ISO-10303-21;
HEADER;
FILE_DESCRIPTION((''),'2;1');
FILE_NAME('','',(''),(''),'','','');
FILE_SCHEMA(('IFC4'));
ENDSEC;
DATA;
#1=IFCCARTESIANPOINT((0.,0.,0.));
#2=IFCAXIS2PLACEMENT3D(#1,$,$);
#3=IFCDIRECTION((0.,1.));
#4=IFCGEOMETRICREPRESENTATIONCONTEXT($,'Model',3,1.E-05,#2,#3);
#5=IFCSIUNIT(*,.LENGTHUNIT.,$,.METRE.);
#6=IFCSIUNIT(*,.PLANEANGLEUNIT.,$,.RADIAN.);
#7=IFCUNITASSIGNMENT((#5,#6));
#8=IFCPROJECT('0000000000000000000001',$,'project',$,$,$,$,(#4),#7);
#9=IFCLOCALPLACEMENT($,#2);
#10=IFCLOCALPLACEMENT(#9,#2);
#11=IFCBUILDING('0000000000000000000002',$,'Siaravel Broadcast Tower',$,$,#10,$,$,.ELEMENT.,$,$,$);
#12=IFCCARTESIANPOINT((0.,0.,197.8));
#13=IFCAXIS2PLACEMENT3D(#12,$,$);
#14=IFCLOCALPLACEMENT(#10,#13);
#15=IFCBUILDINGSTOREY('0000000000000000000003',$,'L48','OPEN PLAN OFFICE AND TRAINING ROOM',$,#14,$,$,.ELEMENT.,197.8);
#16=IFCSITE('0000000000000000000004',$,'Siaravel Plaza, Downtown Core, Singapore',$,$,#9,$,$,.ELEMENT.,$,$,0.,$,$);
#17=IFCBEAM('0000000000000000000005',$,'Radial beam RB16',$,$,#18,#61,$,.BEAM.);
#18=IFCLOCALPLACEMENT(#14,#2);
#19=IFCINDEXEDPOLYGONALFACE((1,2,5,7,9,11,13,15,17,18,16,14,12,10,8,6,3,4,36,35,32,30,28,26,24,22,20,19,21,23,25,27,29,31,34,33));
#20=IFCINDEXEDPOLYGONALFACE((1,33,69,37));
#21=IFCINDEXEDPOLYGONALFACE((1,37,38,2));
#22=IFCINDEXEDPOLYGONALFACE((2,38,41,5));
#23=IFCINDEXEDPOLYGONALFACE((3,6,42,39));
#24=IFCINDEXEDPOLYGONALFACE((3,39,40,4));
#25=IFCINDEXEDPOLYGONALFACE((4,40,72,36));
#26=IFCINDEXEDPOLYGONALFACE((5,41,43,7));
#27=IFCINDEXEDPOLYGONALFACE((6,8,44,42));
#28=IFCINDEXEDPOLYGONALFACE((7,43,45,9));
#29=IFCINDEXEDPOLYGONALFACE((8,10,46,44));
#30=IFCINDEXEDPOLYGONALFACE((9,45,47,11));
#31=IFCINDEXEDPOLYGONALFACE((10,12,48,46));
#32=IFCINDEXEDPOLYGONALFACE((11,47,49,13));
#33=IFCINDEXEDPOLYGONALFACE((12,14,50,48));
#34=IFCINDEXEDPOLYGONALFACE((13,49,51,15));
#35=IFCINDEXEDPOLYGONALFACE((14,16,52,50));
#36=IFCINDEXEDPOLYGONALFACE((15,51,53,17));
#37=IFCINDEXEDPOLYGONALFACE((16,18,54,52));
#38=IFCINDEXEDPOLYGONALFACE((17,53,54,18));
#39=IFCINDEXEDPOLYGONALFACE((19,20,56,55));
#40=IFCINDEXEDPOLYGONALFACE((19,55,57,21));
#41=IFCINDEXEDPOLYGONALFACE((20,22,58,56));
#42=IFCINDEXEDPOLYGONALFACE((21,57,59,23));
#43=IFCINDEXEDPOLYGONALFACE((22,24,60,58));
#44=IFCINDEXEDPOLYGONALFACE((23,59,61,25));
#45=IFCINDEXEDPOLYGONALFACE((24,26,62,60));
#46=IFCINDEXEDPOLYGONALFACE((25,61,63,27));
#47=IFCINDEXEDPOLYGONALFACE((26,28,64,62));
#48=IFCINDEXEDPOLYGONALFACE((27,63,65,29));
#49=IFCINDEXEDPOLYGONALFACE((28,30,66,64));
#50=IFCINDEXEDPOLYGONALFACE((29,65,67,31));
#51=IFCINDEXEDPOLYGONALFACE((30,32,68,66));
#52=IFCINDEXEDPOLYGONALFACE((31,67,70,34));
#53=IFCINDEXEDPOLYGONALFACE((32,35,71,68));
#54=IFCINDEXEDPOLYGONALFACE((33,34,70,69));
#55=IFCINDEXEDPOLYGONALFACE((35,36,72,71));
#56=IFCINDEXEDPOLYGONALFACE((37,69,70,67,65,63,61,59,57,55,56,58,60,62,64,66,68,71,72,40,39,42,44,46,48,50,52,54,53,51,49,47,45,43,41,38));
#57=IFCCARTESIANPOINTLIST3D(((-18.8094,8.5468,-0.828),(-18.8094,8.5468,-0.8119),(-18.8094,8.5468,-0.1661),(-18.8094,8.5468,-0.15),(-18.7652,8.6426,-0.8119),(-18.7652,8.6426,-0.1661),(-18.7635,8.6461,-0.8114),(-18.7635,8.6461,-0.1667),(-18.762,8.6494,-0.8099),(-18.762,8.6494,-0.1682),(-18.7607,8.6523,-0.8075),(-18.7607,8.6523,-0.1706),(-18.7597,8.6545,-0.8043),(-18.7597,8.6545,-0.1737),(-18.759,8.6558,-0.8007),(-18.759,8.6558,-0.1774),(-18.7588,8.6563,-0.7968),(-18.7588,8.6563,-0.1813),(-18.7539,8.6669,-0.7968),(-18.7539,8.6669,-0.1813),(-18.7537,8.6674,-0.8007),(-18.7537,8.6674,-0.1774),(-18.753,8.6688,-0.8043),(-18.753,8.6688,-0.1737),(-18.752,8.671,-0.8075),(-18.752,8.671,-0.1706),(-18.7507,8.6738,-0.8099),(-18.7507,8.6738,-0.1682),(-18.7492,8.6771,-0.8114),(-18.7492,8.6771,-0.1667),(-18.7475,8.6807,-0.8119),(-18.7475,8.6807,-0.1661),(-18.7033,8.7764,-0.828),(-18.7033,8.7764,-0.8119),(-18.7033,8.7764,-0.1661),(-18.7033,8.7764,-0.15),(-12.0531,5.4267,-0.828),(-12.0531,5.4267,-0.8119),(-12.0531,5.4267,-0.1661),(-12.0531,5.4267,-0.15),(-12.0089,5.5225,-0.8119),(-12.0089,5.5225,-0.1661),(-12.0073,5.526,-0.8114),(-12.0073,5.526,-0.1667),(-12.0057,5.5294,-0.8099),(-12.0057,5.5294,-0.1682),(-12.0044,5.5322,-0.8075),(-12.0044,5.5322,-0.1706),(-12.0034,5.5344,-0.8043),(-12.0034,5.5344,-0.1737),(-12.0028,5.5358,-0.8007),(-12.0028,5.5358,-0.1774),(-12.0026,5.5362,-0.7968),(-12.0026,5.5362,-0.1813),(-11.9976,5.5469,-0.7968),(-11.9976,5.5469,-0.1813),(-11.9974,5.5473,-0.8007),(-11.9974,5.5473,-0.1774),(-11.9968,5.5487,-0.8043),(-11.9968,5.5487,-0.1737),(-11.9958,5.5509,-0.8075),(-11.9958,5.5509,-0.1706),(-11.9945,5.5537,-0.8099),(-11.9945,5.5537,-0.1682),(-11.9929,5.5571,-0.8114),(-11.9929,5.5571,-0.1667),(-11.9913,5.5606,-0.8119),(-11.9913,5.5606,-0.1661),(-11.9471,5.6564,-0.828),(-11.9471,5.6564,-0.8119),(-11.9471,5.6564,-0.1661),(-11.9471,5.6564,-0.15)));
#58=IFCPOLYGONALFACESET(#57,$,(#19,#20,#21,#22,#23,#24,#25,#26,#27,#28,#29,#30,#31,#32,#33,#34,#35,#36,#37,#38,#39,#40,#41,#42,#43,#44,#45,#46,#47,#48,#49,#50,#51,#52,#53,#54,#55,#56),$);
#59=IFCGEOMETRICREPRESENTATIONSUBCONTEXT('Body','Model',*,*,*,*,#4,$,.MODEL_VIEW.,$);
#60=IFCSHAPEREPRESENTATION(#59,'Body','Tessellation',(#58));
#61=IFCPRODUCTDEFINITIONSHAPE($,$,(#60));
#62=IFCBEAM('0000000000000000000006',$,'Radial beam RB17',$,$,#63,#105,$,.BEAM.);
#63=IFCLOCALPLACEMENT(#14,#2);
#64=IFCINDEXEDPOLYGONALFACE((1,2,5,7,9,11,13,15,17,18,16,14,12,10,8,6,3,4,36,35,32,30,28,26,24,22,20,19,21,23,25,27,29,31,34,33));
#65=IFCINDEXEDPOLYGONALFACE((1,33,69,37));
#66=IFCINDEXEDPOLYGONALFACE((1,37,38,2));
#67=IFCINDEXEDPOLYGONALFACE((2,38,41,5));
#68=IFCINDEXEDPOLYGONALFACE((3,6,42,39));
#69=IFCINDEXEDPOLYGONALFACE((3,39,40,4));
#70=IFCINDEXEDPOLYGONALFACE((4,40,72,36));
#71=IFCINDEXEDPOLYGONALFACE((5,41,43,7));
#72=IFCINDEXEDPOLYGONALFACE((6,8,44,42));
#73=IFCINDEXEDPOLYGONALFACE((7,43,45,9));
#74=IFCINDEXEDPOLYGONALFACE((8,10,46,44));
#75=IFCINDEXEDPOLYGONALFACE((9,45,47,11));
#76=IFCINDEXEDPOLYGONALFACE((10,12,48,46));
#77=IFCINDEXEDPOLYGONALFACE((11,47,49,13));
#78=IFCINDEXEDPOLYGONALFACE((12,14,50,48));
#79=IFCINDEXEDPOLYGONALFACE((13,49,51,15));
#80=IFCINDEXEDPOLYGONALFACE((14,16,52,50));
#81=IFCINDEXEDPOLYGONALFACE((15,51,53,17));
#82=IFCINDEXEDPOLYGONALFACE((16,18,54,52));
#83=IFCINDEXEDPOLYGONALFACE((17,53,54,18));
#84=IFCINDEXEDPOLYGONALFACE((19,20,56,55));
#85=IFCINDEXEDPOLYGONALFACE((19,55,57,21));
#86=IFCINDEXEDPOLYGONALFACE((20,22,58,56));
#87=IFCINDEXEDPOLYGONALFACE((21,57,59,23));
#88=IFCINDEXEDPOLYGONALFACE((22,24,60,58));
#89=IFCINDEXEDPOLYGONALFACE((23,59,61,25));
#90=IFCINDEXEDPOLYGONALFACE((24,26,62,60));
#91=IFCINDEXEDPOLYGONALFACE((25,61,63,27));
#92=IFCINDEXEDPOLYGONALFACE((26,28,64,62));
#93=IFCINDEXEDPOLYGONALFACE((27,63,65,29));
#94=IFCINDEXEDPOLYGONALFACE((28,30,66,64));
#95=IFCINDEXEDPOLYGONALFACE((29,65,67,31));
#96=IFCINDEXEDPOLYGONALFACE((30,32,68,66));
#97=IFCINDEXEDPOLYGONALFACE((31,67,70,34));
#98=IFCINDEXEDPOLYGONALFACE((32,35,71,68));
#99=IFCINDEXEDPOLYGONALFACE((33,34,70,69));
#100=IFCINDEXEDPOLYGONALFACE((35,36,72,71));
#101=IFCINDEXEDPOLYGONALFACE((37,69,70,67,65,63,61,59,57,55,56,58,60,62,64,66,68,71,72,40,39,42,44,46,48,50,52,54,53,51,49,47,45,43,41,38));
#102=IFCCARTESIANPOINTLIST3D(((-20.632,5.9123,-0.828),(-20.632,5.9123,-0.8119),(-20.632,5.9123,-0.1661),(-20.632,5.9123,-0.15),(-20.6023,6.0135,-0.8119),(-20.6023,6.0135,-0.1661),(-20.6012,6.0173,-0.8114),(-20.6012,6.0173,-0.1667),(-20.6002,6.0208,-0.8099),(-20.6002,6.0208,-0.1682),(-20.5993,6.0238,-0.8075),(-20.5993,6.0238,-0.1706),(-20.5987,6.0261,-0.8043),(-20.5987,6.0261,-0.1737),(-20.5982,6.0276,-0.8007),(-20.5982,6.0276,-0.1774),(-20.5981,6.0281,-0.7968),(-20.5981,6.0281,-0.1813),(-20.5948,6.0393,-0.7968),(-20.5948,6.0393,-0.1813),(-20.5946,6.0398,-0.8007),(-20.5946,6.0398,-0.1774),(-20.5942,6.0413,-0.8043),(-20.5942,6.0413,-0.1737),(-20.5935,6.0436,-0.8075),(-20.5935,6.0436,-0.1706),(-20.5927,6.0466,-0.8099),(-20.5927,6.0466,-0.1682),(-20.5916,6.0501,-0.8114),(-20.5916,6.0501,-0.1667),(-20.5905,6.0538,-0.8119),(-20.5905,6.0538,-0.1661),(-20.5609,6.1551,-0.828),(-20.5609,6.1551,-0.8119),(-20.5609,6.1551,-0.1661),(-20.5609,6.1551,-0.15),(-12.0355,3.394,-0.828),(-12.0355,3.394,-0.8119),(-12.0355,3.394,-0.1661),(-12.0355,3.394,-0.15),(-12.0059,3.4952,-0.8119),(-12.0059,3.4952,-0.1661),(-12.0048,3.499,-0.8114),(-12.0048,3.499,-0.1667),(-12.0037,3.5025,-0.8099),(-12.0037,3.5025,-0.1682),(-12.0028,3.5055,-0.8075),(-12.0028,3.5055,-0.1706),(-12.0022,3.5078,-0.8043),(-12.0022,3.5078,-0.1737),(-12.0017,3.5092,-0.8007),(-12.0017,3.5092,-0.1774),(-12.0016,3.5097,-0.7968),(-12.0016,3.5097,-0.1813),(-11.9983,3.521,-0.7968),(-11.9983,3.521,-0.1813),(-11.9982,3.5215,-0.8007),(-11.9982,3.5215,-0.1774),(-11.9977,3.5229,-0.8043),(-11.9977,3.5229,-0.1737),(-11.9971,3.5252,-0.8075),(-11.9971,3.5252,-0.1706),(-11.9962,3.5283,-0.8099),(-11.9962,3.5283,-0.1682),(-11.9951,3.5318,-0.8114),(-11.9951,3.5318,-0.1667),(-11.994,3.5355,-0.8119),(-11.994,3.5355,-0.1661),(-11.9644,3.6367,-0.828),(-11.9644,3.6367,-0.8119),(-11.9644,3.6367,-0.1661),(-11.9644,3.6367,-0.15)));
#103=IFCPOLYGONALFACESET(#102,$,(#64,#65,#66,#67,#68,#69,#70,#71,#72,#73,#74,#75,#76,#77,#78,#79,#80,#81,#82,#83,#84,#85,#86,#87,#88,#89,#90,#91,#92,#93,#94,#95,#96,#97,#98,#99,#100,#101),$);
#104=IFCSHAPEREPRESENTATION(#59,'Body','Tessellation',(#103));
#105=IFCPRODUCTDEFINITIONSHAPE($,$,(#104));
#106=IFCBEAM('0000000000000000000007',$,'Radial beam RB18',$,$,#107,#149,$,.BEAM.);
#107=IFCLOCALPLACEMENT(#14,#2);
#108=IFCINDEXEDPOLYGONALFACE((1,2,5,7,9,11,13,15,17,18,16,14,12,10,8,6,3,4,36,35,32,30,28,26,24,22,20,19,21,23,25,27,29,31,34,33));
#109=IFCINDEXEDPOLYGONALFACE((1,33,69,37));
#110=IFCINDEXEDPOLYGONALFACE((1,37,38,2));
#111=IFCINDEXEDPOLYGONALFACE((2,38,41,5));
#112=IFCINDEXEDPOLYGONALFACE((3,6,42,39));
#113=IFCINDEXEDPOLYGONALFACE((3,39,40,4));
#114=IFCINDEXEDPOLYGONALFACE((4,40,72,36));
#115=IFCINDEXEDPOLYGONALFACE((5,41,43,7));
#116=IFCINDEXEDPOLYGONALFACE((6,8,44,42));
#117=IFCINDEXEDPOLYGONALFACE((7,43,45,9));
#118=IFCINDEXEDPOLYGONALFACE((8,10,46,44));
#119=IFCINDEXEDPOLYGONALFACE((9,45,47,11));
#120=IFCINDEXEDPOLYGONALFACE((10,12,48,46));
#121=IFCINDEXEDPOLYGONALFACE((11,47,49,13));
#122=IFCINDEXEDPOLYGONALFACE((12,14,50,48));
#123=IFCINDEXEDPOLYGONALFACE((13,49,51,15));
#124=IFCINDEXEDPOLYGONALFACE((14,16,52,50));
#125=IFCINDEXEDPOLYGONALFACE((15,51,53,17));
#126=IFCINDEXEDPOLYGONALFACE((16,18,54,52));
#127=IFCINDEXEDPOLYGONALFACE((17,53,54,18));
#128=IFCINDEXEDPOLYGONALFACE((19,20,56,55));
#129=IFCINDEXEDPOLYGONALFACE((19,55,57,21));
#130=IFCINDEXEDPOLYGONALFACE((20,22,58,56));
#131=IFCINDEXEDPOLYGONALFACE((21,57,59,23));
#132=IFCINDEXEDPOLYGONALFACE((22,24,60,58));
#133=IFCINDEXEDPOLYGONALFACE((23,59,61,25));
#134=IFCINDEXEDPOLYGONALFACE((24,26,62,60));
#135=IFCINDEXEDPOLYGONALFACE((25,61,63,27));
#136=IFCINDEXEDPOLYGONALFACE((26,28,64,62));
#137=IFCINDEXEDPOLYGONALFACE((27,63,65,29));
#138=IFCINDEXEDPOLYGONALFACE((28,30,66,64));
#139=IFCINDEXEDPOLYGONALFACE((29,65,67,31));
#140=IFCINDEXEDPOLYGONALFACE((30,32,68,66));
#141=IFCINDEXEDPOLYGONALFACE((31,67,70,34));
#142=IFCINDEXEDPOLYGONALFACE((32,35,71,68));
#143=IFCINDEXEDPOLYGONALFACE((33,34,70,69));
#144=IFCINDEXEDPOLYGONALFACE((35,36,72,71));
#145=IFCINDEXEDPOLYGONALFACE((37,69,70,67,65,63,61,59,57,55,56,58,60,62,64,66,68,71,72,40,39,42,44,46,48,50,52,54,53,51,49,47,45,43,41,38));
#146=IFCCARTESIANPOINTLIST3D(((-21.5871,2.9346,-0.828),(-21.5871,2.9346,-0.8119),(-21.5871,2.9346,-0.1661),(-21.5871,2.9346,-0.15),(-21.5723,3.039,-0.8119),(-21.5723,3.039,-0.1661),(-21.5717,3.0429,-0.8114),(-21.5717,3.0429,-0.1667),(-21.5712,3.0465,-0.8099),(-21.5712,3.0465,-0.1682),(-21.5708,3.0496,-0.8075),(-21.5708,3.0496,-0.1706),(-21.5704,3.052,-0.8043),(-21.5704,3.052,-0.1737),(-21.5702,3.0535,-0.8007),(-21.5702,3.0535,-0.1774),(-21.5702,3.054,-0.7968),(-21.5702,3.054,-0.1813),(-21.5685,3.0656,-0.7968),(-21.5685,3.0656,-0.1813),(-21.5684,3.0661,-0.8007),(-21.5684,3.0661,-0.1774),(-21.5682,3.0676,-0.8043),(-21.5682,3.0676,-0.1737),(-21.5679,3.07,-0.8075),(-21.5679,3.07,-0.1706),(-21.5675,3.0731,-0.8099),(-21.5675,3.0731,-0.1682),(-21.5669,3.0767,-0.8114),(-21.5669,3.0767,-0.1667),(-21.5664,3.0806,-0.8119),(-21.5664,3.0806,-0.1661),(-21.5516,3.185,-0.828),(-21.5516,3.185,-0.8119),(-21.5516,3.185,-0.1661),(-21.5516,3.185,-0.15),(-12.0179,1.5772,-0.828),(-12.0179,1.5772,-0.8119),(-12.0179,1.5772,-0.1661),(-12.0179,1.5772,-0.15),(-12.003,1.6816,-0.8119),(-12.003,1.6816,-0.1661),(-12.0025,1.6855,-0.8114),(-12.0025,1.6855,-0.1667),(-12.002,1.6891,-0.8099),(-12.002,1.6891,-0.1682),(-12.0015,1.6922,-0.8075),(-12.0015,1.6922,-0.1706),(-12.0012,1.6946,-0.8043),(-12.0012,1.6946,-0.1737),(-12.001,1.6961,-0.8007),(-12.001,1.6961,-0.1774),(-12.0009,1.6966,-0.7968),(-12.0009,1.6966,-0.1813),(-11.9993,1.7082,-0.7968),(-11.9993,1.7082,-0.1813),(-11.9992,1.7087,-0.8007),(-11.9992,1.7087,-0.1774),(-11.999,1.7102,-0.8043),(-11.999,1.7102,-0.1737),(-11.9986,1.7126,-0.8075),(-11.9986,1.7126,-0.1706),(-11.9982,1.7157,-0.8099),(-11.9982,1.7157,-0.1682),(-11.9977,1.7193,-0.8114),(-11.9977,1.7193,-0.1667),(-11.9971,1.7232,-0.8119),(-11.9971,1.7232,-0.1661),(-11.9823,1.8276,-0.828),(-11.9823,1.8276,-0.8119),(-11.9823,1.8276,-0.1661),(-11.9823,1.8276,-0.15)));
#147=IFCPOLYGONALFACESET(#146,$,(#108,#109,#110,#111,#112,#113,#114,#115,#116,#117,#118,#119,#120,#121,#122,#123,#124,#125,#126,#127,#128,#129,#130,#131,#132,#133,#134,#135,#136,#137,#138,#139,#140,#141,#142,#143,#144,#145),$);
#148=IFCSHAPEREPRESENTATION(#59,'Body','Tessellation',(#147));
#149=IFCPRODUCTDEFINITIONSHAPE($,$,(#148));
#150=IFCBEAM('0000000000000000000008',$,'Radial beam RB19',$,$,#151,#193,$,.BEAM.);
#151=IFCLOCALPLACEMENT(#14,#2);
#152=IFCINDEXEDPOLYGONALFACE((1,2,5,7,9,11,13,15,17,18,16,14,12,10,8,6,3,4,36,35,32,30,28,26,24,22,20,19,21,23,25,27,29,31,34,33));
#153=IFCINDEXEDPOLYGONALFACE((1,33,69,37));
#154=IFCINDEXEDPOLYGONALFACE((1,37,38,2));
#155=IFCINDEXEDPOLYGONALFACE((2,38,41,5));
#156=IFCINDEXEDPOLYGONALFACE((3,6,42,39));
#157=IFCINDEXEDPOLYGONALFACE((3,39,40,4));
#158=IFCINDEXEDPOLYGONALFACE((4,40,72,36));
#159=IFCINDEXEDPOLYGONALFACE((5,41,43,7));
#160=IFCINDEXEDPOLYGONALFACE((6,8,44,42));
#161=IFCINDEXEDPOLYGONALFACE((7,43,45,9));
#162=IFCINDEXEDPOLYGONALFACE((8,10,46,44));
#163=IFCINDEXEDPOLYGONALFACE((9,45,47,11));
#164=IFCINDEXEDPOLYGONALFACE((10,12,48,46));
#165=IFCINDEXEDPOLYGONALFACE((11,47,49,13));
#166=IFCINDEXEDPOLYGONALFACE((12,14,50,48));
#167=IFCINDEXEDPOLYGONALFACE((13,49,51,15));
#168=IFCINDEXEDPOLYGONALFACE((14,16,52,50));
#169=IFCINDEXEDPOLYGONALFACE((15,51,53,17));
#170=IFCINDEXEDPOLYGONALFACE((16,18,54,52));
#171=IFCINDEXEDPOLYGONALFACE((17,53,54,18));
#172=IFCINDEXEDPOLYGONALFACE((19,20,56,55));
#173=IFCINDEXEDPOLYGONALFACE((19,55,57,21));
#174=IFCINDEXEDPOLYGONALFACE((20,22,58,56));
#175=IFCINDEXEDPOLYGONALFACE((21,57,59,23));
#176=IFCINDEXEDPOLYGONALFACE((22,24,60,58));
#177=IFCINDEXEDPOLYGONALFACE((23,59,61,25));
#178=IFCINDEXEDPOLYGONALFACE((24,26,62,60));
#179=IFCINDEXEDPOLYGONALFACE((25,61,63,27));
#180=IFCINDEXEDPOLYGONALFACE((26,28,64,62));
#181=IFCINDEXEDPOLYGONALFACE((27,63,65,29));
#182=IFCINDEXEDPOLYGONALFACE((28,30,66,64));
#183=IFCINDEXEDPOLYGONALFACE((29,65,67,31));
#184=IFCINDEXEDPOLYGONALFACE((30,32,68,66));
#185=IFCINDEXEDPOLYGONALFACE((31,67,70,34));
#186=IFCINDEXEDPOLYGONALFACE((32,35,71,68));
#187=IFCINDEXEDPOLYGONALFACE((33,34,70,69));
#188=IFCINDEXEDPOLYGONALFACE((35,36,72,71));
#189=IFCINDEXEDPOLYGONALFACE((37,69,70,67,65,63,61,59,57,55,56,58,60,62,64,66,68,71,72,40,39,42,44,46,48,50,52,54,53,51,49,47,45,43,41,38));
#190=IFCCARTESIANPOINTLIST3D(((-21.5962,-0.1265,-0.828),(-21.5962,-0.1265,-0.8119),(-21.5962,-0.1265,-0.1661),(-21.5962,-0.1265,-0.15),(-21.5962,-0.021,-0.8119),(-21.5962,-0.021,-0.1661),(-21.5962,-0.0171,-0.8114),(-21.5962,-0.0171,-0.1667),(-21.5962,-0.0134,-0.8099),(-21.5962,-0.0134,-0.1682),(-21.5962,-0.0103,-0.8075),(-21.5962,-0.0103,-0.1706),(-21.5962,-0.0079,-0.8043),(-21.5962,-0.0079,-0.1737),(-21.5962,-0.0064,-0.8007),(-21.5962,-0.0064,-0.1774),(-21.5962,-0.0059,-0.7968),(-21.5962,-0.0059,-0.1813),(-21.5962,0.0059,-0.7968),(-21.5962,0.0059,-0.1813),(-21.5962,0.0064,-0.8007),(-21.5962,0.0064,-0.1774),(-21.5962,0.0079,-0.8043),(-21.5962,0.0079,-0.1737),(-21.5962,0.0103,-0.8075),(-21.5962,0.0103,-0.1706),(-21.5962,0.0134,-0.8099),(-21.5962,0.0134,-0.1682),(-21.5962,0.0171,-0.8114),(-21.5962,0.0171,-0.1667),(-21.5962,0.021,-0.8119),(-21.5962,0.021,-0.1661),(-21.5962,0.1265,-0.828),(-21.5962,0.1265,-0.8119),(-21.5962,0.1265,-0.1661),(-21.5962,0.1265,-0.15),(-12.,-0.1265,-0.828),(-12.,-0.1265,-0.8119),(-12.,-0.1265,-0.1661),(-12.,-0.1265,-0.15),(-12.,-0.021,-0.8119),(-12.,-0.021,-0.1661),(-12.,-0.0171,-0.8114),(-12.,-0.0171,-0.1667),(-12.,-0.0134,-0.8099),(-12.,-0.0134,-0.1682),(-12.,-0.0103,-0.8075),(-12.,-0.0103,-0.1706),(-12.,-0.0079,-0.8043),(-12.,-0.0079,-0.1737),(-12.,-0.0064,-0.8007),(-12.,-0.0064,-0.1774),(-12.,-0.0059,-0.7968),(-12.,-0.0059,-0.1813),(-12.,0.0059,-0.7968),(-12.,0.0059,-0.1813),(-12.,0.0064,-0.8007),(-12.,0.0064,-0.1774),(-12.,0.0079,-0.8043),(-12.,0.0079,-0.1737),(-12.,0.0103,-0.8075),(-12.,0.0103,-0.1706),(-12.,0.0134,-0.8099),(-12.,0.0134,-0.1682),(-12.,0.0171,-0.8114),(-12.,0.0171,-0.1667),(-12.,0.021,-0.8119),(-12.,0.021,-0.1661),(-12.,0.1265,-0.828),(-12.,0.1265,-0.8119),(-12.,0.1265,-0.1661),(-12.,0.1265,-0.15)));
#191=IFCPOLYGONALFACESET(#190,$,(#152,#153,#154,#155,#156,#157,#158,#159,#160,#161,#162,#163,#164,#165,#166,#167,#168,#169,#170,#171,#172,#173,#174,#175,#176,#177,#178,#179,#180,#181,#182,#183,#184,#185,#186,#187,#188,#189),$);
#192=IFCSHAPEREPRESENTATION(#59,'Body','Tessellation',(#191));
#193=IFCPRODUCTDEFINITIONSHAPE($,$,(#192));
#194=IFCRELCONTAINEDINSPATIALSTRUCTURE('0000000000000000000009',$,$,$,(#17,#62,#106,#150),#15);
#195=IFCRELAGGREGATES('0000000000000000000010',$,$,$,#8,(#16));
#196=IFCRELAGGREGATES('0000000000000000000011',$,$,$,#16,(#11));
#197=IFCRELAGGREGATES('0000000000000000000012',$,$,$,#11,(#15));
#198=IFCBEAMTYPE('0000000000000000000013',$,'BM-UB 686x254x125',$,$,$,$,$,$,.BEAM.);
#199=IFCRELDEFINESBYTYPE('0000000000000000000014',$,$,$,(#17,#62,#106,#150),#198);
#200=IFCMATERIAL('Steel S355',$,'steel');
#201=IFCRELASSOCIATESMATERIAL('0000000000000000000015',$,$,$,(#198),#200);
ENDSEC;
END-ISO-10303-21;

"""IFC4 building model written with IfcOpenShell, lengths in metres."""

from ifc_helpers import new_model, si_unit, direction, frame, origin, origin_2d, place, context, subcontext, project, spatial, i_section, extrude, material, material_profile, profile_set, type_object, element, save


model = new_model("IFC4")

# Units and contexts
model_context = context("Model", 3, precision=1e-05, world=origin(), true_north=direction((0.0, 1.0)))
body_context = subcontext(model_context, "Body", "Model", "MODEL_VIEW")
ifc_project = project(units=[si_unit("LENGTHUNIT", "METRE"), si_unit("PLANEANGLEUNIT", "RADIAN")], contexts=[model_context])

# Site, building, storey
site_placement = place(None, origin())
site = spatial("IfcSite", under=ifc_project, at=site_placement, Name="Siaravel Plaza, Downtown Core, Singapore", CompositionType="ELEMENT", RefElevation=0.0)
building_placement = place(site_placement, origin())
building = spatial("IfcBuilding", under=site, at=building_placement, Name="Siaravel Broadcast Tower", CompositionType="ELEMENT")
storey_placement = place(building_placement, frame((0.0, 0.0, 197.8)))
storey = spatial("IfcBuildingStorey", under=building, at=storey_placement, Name="L48", Description="OPEN PLAN OFFICE AND TRAINING ROOM", CompositionType="ELEMENT", Elevation=197.8)

# Beams
ifc_material_1 = material(Name="Steel S355", Category="steel")
ifc_material_profile_1 = material_profile(ifc_material_1, i_section(OverallWidth=0.2529, OverallDepth=0.678, WebThickness=0.0117, FlangeThickness=0.0161, FilletRadius=0.0151, at=origin_2d()))
ifc_profile_set_1 = profile_set([ifc_material_profile_1], Name="Steel S355")
beam_type = type_object("IfcBeamType", Name="BM-UB 686x254x125", PredefinedType="BEAM", material=ifc_profile_set_1)
beam_1_placement = place(storey_placement, frame((-18.7563, 8.6616, -0.489), z_axis=(0.907867, -0.419258, 0.0), x_axis=(0.419258, 0.907867, 0.0)))
element("IfcBeam", 1, at=beam_1_placement, inside=storey, type_object=beam_type, Name="Radial beam RB16", PredefinedType="BEAM", context=body_context, shape_type="SweptSolid", body=[
    extrude(i_section(OverallWidth=0.2529, OverallDepth=0.678, WebThickness=0.0117, FlangeThickness=0.0161, FilletRadius=0.0151, at=origin_2d()), origin(), (0.0, 0.0, 1.0), 7.4419),
])
beam_2_placement = place(storey_placement, frame((-20.5964, 6.0337, -0.489), z_axis=(0.959669, -0.281133, 0.0), x_axis=(0.281133, 0.959669, 0.0)))
element("IfcBeam", 2, at=beam_2_placement, inside=storey, type_object=beam_type, Name="Radial beam RB17", PredefinedType="BEAM", context=body_context, shape_type="SweptSolid", body=[
    extrude(i_section(OverallWidth=0.2529, OverallDepth=0.678, WebThickness=0.0117, FlangeThickness=0.0161, FilletRadius=0.0151, at=origin_2d()), origin(), (0.0, 0.0, 1.0), 8.9578),
])
beam_3_placement = place(storey_placement, frame((-21.5693, 3.0598, -0.489), z_axis=(0.990088, -0.140445, 0.0), x_axis=(0.140445, 0.990088, 0.0)))
element("IfcBeam", 3, at=beam_3_placement, inside=storey, type_object=beam_type, Name="Radial beam RB18", PredefinedType="BEAM", context=body_context, shape_type="SweptSolid", body=[
    extrude(i_section(OverallWidth=0.2529, OverallDepth=0.678, WebThickness=0.0117, FlangeThickness=0.0161, FilletRadius=0.0151, at=origin_2d()), origin(), (0.0, 0.0, 1.0), 9.665),
])
beam_4_placement = place(storey_placement, frame((-21.5962, 0.0, -0.489), z_axis=(1.0, 0.0, 0.0), x_axis=(0.0, 1.0, 0.0)))
element("IfcBeam", 4, at=beam_4_placement, inside=storey, type_object=beam_type, Name="Radial beam RB19", PredefinedType="BEAM", context=body_context, shape_type="SweptSolid", body=[
    extrude(i_section(OverallWidth=0.2529, OverallDepth=0.678, WebThickness=0.0117, FlangeThickness=0.0161, FilletRadius=0.0151, at=origin_2d()), origin(), (0.0, 0.0, 1.0), 9.5962),
])

save(model, "model.ifc")
